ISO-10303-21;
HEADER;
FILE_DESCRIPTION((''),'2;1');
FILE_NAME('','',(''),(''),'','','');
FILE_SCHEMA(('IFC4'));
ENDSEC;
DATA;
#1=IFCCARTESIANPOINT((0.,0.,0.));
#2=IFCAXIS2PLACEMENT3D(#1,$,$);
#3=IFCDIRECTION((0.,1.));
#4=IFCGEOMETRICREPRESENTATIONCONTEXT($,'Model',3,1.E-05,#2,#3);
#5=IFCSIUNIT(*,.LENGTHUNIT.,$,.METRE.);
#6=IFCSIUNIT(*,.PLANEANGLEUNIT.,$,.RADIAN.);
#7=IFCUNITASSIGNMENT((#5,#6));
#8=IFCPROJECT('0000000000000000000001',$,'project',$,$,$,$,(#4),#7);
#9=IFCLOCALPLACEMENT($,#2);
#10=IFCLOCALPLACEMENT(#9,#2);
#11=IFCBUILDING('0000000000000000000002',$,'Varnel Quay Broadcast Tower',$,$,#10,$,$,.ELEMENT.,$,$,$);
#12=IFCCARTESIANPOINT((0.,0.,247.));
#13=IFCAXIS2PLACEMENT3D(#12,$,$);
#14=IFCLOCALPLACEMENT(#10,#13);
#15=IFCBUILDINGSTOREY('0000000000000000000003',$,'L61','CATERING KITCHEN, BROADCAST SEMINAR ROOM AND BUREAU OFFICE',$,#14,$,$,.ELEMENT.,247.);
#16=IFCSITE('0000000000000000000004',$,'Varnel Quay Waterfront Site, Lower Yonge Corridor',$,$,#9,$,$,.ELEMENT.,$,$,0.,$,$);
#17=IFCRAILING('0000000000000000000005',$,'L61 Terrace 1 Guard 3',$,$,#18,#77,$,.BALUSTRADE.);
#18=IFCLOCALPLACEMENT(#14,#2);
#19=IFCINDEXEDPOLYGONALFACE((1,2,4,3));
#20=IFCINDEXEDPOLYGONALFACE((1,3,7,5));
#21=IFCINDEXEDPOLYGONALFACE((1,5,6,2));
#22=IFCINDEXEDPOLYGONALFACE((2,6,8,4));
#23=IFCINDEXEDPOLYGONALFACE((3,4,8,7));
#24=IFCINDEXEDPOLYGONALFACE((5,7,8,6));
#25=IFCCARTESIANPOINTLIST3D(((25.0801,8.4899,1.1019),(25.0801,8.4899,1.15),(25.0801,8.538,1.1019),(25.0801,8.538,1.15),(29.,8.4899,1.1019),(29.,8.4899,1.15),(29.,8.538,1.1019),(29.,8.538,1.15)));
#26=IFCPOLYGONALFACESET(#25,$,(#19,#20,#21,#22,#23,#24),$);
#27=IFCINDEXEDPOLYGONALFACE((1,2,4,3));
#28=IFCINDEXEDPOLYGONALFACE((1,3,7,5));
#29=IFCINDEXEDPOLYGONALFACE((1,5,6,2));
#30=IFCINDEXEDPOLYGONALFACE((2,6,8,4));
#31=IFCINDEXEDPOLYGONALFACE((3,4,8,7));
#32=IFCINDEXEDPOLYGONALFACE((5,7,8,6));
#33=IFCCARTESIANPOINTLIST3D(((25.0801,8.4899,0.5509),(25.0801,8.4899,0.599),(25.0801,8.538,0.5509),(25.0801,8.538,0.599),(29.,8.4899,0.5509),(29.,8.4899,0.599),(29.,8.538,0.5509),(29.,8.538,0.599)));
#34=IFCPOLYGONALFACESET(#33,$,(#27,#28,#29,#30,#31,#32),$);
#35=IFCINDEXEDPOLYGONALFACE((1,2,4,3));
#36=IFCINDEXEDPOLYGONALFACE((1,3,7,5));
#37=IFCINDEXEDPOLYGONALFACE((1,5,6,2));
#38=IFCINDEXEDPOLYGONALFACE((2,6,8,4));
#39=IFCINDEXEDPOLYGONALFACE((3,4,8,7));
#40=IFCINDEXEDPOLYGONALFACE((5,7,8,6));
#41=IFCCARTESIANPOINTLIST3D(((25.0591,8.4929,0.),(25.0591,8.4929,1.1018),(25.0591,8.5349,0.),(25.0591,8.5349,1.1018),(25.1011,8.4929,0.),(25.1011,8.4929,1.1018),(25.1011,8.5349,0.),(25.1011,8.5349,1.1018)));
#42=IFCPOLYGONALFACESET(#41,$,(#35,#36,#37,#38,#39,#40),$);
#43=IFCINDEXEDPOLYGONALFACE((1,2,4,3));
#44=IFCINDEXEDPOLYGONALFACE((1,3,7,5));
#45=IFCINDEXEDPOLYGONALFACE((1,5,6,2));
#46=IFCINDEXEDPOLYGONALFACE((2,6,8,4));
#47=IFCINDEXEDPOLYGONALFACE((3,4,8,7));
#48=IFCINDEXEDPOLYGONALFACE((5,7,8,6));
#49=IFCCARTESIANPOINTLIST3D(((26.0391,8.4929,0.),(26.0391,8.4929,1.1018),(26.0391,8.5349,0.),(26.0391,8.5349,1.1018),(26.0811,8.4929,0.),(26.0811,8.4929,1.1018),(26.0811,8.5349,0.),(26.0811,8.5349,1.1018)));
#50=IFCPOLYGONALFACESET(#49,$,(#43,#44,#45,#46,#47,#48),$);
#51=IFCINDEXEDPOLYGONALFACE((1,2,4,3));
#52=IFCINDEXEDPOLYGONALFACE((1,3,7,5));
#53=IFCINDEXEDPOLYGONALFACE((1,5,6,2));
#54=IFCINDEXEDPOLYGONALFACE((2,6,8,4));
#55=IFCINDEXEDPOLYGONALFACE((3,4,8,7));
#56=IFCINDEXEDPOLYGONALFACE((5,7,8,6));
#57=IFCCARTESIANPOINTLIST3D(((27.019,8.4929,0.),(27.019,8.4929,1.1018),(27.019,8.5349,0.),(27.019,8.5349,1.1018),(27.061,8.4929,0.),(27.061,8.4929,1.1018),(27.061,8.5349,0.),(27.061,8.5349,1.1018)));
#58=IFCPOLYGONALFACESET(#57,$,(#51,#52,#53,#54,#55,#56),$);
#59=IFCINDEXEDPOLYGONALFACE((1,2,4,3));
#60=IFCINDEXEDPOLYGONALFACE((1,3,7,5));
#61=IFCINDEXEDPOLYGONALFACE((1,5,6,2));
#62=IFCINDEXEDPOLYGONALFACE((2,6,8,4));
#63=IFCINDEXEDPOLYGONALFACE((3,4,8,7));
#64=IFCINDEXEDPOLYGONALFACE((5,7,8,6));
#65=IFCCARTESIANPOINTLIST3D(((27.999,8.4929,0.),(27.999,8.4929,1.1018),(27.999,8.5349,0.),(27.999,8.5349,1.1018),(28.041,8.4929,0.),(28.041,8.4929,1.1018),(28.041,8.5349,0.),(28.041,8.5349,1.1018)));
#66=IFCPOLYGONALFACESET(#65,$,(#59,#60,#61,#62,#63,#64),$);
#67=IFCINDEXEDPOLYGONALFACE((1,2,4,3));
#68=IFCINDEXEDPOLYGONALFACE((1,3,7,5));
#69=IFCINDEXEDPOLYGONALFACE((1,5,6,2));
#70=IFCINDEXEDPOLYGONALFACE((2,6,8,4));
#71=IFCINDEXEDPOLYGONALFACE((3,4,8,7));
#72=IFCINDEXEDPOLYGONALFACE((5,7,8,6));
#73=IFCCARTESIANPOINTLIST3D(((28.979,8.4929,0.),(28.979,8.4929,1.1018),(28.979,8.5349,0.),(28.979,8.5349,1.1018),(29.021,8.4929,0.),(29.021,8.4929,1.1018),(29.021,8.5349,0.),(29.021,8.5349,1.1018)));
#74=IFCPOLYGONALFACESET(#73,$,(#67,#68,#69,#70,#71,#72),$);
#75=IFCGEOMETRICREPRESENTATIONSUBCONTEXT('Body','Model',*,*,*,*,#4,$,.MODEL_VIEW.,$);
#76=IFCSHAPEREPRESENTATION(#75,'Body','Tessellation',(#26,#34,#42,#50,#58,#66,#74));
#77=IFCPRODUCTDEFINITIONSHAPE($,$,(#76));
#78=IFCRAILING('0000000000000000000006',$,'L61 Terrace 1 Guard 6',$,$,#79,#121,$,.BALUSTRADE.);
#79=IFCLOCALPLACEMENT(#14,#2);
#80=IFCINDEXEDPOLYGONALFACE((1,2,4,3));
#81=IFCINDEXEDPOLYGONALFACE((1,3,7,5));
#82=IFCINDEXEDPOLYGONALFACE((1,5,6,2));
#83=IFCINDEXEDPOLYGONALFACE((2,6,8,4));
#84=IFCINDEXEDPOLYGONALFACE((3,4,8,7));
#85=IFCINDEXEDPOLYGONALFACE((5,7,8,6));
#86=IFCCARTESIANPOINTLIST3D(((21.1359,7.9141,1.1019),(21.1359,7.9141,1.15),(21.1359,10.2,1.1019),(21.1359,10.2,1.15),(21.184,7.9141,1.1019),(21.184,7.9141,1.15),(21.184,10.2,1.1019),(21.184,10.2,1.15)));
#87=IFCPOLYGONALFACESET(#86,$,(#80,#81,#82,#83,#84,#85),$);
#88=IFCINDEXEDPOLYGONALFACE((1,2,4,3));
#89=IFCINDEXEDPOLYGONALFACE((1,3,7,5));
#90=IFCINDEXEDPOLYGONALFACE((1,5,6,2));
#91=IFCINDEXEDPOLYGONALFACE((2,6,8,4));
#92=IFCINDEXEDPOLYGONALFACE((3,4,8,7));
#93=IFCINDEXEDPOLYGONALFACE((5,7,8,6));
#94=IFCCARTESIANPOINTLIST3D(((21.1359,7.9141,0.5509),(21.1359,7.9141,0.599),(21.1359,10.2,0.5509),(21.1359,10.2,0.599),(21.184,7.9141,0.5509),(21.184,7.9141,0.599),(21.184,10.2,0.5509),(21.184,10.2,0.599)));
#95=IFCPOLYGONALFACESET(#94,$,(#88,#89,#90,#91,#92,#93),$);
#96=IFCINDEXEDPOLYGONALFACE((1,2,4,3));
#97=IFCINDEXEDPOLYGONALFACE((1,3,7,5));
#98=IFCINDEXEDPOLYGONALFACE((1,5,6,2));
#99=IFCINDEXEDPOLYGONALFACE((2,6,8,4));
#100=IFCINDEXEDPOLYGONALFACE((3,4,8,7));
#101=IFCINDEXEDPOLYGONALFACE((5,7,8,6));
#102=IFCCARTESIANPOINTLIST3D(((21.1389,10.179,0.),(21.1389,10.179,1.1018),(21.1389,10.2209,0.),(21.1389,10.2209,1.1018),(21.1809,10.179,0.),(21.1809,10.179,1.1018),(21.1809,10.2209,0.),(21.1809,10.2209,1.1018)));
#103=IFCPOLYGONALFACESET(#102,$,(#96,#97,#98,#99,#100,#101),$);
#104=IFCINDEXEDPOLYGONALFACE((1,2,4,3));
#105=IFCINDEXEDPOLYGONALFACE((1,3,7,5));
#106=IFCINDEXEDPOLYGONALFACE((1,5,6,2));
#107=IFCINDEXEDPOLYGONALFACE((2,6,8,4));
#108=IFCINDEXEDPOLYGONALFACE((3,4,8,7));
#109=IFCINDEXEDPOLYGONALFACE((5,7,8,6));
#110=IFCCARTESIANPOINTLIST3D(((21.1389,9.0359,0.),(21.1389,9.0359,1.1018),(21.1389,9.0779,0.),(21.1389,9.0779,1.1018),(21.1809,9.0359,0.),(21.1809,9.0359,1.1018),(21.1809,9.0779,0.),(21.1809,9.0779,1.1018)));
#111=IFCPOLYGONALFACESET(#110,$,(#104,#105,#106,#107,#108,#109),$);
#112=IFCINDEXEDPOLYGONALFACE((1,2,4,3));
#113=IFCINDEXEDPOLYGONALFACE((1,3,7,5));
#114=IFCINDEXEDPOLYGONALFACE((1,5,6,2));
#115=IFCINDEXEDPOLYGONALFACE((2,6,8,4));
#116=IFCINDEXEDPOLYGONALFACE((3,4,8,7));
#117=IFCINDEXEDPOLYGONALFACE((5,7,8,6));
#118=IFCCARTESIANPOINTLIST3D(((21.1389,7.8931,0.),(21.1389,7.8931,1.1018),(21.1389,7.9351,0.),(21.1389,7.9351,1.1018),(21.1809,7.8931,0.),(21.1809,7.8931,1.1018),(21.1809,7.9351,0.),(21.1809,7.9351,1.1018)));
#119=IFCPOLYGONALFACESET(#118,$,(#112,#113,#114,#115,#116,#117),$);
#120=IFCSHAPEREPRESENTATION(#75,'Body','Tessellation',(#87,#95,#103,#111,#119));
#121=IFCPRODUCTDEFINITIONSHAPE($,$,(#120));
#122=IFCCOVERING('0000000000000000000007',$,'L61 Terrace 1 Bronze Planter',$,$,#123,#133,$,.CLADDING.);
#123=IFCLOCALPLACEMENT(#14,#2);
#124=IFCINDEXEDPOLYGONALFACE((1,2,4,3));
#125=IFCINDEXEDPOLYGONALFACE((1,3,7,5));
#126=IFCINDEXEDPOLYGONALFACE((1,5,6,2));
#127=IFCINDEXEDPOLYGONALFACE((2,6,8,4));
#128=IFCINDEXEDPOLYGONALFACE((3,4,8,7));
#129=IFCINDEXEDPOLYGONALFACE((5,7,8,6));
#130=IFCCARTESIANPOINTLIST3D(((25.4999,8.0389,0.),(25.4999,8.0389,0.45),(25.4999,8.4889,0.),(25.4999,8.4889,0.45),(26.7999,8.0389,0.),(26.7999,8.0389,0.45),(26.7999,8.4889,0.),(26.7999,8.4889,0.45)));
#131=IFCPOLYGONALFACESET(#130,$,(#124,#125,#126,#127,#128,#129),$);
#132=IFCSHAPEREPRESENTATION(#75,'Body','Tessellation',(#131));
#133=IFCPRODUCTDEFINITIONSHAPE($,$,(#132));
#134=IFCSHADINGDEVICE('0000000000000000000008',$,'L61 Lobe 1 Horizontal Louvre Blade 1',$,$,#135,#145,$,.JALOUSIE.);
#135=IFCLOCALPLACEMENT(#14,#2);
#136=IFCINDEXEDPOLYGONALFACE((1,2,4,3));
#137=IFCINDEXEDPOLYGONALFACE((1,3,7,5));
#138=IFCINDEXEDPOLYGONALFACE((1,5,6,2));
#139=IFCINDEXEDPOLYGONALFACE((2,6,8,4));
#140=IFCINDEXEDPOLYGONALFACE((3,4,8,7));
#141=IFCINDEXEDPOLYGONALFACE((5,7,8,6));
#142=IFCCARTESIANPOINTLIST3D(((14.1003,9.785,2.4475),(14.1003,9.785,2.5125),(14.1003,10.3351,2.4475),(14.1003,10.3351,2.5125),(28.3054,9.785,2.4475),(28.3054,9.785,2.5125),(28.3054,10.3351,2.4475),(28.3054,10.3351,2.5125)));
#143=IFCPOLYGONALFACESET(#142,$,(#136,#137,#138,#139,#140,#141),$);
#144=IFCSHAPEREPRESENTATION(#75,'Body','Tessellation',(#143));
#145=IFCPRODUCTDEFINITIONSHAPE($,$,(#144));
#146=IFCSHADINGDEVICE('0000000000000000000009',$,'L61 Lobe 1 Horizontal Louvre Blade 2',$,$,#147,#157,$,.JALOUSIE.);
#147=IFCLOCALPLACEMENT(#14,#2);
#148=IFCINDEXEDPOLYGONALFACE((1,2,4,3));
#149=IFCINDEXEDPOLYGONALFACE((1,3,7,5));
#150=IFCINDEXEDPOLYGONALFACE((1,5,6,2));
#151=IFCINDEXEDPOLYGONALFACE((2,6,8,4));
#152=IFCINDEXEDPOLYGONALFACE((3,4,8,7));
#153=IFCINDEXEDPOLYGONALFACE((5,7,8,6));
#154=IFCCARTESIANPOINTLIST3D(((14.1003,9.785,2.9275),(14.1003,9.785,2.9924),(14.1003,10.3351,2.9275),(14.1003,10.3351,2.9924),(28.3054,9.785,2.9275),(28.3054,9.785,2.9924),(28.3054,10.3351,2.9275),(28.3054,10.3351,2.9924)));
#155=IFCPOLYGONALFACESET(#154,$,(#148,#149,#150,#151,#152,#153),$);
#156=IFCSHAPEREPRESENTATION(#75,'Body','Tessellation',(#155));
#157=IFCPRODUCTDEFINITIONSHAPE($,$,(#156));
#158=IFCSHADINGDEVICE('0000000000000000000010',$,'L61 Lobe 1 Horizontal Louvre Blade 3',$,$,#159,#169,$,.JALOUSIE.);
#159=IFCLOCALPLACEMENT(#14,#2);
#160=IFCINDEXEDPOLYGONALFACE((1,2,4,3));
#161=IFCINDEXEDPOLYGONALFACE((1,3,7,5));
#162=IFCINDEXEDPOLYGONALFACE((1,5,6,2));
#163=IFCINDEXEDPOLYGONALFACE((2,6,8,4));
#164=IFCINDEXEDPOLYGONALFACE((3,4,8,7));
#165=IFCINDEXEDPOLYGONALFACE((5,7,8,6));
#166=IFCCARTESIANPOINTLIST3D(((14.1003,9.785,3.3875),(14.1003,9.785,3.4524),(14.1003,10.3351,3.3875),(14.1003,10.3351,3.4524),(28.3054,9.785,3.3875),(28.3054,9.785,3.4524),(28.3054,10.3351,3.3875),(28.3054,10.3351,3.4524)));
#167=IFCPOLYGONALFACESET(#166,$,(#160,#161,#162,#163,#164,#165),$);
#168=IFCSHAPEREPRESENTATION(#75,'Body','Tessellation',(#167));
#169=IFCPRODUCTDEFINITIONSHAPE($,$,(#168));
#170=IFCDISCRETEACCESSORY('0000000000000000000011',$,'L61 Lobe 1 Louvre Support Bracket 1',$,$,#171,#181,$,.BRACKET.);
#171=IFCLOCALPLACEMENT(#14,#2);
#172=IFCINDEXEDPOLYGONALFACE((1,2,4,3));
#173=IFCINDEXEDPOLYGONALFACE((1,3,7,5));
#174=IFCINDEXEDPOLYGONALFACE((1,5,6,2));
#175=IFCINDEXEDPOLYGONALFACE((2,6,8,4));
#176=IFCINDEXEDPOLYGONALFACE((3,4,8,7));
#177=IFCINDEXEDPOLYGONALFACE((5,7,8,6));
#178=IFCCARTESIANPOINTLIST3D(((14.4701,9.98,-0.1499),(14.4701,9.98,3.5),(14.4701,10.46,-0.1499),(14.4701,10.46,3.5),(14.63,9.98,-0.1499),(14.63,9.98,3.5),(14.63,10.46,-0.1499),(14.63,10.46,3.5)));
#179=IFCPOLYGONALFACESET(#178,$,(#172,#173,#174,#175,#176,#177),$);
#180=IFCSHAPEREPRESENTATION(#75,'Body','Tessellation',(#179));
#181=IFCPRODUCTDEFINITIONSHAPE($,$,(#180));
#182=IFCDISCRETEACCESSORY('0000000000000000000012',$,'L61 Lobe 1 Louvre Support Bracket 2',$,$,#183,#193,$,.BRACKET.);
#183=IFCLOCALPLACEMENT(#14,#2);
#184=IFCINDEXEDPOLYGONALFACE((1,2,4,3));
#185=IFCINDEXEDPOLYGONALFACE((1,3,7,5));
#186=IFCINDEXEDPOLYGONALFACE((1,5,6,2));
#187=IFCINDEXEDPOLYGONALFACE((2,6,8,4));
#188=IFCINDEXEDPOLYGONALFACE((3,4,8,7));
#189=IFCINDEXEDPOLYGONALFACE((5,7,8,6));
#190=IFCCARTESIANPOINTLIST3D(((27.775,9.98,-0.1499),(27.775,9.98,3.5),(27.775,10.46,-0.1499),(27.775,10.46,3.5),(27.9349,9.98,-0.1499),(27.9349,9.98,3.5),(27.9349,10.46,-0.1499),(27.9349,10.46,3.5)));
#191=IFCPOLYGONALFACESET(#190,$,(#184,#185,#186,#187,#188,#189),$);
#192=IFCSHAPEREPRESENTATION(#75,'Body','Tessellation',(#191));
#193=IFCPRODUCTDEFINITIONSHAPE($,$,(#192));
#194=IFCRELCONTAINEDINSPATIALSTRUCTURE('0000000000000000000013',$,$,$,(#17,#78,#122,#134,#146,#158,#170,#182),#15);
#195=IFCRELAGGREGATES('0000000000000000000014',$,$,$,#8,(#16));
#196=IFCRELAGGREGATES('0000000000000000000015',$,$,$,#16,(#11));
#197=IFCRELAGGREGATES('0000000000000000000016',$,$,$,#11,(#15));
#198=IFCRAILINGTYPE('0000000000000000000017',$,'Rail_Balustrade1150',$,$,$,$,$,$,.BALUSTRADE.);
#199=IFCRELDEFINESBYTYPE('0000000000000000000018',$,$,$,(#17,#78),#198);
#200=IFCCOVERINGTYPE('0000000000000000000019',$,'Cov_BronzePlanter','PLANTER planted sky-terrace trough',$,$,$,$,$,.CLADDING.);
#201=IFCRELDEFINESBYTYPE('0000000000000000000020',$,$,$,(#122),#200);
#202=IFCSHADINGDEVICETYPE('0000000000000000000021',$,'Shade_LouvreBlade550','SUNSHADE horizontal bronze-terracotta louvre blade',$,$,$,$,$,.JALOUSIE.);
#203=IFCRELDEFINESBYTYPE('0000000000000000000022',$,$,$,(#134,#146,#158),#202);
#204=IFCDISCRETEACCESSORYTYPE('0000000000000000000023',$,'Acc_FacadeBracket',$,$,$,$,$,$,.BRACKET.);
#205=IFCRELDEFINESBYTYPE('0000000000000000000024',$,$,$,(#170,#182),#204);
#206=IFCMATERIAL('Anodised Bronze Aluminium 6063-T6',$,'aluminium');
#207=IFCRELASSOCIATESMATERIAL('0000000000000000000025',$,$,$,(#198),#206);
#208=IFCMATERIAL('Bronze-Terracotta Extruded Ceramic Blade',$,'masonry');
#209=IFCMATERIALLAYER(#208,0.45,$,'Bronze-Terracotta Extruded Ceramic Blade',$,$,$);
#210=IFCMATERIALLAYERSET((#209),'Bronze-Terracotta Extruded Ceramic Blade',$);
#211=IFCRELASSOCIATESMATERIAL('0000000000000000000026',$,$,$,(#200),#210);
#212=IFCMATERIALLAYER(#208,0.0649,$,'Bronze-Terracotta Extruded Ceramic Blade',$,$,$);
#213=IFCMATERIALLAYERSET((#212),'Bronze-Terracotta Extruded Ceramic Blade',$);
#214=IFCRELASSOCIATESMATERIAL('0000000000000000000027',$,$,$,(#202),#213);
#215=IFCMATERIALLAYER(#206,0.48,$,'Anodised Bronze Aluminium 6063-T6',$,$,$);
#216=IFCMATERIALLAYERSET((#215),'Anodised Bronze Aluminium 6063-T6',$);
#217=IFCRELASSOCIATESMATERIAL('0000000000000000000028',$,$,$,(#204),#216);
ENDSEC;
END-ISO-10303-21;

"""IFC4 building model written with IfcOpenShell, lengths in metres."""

from ifc_helpers import new_model, si_unit, direction, frame, origin, origin_2d, place, context, subcontext, project, spatial, rectangle, extrude, source, transform, mapped, material, layer, layer_set, type_object, type_shapes, element, save


model = new_model("IFC4")

# Units and contexts
model_context = context("Model", 3, precision=1e-05, world=origin(), true_north=direction((0.0, 1.0)))
body_context = subcontext(model_context, "Body", "Model", "MODEL_VIEW")
ifc_project = project(units=[si_unit("LENGTHUNIT", "METRE"), si_unit("PLANEANGLEUNIT", "RADIAN")], contexts=[model_context])

# Site, building, storey
site_placement = place(None, origin())
site = spatial("IfcSite", under=ifc_project, at=site_placement, Name="Varnel Quay Waterfront Site, Lower Yonge Corridor", CompositionType="ELEMENT", RefElevation=0.0)
building_placement = place(site_placement, origin())
building = spatial("IfcBuilding", under=site, at=building_placement, Name="Varnel Quay Broadcast Tower", CompositionType="ELEMENT")
storey_placement = place(building_placement, frame((0.0, 0.0, 247.0)))
storey = spatial("IfcBuildingStorey", under=building, at=storey_placement, Name="L61", Description="CATERING KITCHEN, BROADCAST SEMINAR ROOM AND BUREAU OFFICE", CompositionType="ELEMENT", Elevation=247.0)

# Shared definitions
ifc_material_1 = material(Name="Anodised Bronze Aluminium 6063-T6", Category="aluminium")

# Railings
railing_type = type_object("IfcRailingType", Name="Rail_Balustrade1150", PredefinedType="BALUSTRADE", material=ifc_material_1)
railing_1_placement = place(storey_placement, frame((25.0801, 8.5139, 0.0)))
element("IfcRailing", 1, at=railing_1_placement, inside=storey, type_object=railing_type, Name="L61 Terrace 1 Guard 3", PredefinedType="BALUSTRADE", context=body_context, shape_type="SweptSolid", body=[
    extrude(rectangle(XDim=0.0481, YDim=0.0481, at=origin_2d()), frame((0.0, 0.0, 1.126), z_axis=(1.0, 0.0, 0.0), x_axis=(0.0, 1.0, 0.0)), (0.0, 0.0, 1.0), 3.9199),
    extrude(rectangle(XDim=0.0481, YDim=0.0481, at=origin_2d()), frame((0.0, 0.0, 0.575), z_axis=(1.0, 0.0, 0.0), x_axis=(0.0, 1.0, 0.0)), (0.0, 0.0, 1.0), 3.9199),
    extrude(rectangle(XDim=0.042, YDim=0.042, at=origin_2d()), origin(), (0.0, 0.0, 1.0), 1.1018),
    extrude(rectangle(XDim=0.042, YDim=0.042, at=origin_2d()), frame((0.98, 0.0, 0.0)), (0.0, 0.0, 1.0), 1.1018),
    extrude(rectangle(XDim=0.042, YDim=0.042, at=origin_2d()), frame((1.96, 0.0, 0.0)), (0.0, 0.0, 1.0), 1.1018),
    extrude(rectangle(XDim=0.042, YDim=0.042, at=origin_2d()), frame((2.9399, 0.0, 0.0)), (0.0, 0.0, 1.0), 1.1018),
    extrude(rectangle(XDim=0.042, YDim=0.042, at=origin_2d()), frame((3.9199, 0.0, 0.0)), (0.0, 0.0, 1.0), 1.1018),
])
railing_2_placement = place(storey_placement, frame((21.1599, 10.2, 0.0)))
element("IfcRailing", 2, at=railing_2_placement, inside=storey, type_object=railing_type, Name="L61 Terrace 1 Guard 6", PredefinedType="BALUSTRADE", context=body_context, shape_type="SweptSolid", body=[
    extrude(rectangle(XDim=0.0481, YDim=0.0481, at=origin_2d()), frame((0.0, 0.0, 1.126), z_axis=(0.0, -1.0, 0.0), x_axis=(1.0, 0.0, 0.0)), (0.0, 0.0, 1.0), 2.2859),
    extrude(rectangle(XDim=0.0481, YDim=0.0481, at=origin_2d()), frame((0.0, 0.0, 0.575), z_axis=(0.0, -1.0, 0.0), x_axis=(1.0, 0.0, 0.0)), (0.0, 0.0, 1.0), 2.2859),
    extrude(rectangle(XDim=0.042, YDim=0.042, at=origin_2d()), origin(), (0.0, 0.0, 1.0), 1.1018),
    extrude(rectangle(XDim=0.042, YDim=0.042, at=origin_2d()), frame((0.0, -1.1431, 0.0)), (0.0, 0.0, 1.0), 1.1018),
    extrude(rectangle(XDim=0.042, YDim=0.042, at=origin_2d()), frame((0.0, -2.2859, 0.0)), (0.0, 0.0, 1.0), 1.1018),
])

# Covering
ifc_material_2 = material(Name="Bronze-Terracotta Extruded Ceramic Blade", Category="masonry")
ifc_layer_1 = layer(ifc_material_2, 0.45, Name="Bronze-Terracotta Extruded Ceramic Blade")
ifc_layer_set_1 = layer_set([ifc_layer_1], Name="Bronze-Terracotta Extruded Ceramic Blade")
covering_type = type_object("IfcCoveringType", Name="Cov_BronzePlanter", Description="PLANTER planted sky-terrace trough", PredefinedType="CLADDING", material=ifc_layer_set_1)
shared_shape_1 = source(origin(), body_context, "Body", "SweptSolid", [
    extrude(rectangle(XDim=1.3, YDim=0.45, at=origin_2d()), origin(), (0.0, 0.0, 1.0), 0.45),
])
type_shapes(covering_type, [shared_shape_1])
covering_placement = place(storey_placement, frame((26.1499, 8.2639, 0.0), z_axis=(0.0, 0.0, 1.0), x_axis=(1.0, 0.0, 0.0)))
element("IfcCovering", 3, at=covering_placement, inside=storey, type_object=covering_type, Name="L61 Terrace 1 Bronze Planter", PredefinedType="CLADDING", context=body_context, shape_type="MappedRepresentation", body=[
    mapped(shared_shape_1, transform((0.0, 0.0, 0.0), x_axis=(1.0, 0.0, 0.0), y_axis=(0.0, 1.0, 0.0), z_axis=(0.0, 0.0, 1.0), scale=1.0)),
])

# Shading devices
ifc_layer_2 = layer(ifc_material_2, 0.0649, Name="Bronze-Terracotta Extruded Ceramic Blade")
ifc_layer_set_2 = layer_set([ifc_layer_2], Name="Bronze-Terracotta Extruded Ceramic Blade")
shading_device_type = type_object("IfcShadingDeviceType", Name="Shade_LouvreBlade550", Description="SUNSHADE horizontal bronze-terracotta louvre blade", PredefinedType="JALOUSIE", material=ifc_layer_set_2)
shared_shape_2 = source(origin(), body_context, "Body", "SweptSolid", [
    extrude(rectangle(XDim=14.2051, YDim=0.55, at=origin_2d()), origin(), (0.0, 0.0, 1.0), 0.0649),
])
type_shapes(shading_device_type, [shared_shape_2])
for number, where, z_axis, x_axis, name in (
    (4, (21.2029, 10.0601, 2.4475), (0.0, 0.0, 1.0), (1.0, 0.0, 0.0), "L61 Lobe 1 Horizontal Louvre Blade 1"),
    (5, (21.2029, 10.0601, 2.9275), (0.0, 0.0, 1.0), (1.0, 0.0, 0.0), "L61 Lobe 1 Horizontal Louvre Blade 2"),
    (6, (21.2029, 10.0601, 3.3875), (0.0, 0.0, 1.0), (1.0, 0.0, 0.0), "L61 Lobe 1 Horizontal Louvre Blade 3"),
):
    element("IfcShadingDevice", number, at=place(storey_placement, frame(where, z_axis=z_axis, x_axis=x_axis)), inside=storey, type_object=shading_device_type, Name=name, PredefinedType="JALOUSIE", context=body_context, shape_type="MappedRepresentation", body=[
        mapped(shared_shape_2, transform((0.0, 0.0, 0.0), x_axis=(1.0, 0.0, 0.0), y_axis=(0.0, 1.0, 0.0), z_axis=(0.0, 0.0, 1.0), scale=1.0)),
    ])

# Discrete accessories
ifc_layer_3 = layer(ifc_material_1, 0.48, Name="Anodised Bronze Aluminium 6063-T6")
ifc_layer_set_3 = layer_set([ifc_layer_3], Name="Anodised Bronze Aluminium 6063-T6")
discrete_accessory_type = type_object("IfcDiscreteAccessoryType", Name="Acc_FacadeBracket", PredefinedType="BRACKET", material=ifc_layer_set_3)
shared_shape_3 = source(origin(), body_context, "Body", "SweptSolid", [
    extrude(rectangle(XDim=0.1599, YDim=0.48, at=origin_2d()), origin(), (0.0, 0.0, 1.0), 3.6499),
])
type_shapes(discrete_accessory_type, [shared_shape_3])
for number, where, z_axis, x_axis, name in (
    (7, (14.55, 10.22, -0.1499), (0.0, 0.0, 1.0), (1.0, 0.0, 0.0), "L61 Lobe 1 Louvre Support Bracket 1"),
    (8, (27.855, 10.22, -0.1499), (0.0, 0.0, 1.0), (1.0, 0.0, 0.0), "L61 Lobe 1 Louvre Support Bracket 2"),
):
    element("IfcDiscreteAccessory", number, at=place(storey_placement, frame(where, z_axis=z_axis, x_axis=x_axis)), inside=storey, type_object=discrete_accessory_type, Name=name, PredefinedType="BRACKET", context=body_context, shape_type="MappedRepresentation", body=[
        mapped(shared_shape_3, transform((0.0, 0.0, 0.0), x_axis=(1.0, 0.0, 0.0), y_axis=(0.0, 1.0, 0.0), z_axis=(0.0, 0.0, 1.0), scale=1.0)),
    ])

save(model, "model.ifc")
